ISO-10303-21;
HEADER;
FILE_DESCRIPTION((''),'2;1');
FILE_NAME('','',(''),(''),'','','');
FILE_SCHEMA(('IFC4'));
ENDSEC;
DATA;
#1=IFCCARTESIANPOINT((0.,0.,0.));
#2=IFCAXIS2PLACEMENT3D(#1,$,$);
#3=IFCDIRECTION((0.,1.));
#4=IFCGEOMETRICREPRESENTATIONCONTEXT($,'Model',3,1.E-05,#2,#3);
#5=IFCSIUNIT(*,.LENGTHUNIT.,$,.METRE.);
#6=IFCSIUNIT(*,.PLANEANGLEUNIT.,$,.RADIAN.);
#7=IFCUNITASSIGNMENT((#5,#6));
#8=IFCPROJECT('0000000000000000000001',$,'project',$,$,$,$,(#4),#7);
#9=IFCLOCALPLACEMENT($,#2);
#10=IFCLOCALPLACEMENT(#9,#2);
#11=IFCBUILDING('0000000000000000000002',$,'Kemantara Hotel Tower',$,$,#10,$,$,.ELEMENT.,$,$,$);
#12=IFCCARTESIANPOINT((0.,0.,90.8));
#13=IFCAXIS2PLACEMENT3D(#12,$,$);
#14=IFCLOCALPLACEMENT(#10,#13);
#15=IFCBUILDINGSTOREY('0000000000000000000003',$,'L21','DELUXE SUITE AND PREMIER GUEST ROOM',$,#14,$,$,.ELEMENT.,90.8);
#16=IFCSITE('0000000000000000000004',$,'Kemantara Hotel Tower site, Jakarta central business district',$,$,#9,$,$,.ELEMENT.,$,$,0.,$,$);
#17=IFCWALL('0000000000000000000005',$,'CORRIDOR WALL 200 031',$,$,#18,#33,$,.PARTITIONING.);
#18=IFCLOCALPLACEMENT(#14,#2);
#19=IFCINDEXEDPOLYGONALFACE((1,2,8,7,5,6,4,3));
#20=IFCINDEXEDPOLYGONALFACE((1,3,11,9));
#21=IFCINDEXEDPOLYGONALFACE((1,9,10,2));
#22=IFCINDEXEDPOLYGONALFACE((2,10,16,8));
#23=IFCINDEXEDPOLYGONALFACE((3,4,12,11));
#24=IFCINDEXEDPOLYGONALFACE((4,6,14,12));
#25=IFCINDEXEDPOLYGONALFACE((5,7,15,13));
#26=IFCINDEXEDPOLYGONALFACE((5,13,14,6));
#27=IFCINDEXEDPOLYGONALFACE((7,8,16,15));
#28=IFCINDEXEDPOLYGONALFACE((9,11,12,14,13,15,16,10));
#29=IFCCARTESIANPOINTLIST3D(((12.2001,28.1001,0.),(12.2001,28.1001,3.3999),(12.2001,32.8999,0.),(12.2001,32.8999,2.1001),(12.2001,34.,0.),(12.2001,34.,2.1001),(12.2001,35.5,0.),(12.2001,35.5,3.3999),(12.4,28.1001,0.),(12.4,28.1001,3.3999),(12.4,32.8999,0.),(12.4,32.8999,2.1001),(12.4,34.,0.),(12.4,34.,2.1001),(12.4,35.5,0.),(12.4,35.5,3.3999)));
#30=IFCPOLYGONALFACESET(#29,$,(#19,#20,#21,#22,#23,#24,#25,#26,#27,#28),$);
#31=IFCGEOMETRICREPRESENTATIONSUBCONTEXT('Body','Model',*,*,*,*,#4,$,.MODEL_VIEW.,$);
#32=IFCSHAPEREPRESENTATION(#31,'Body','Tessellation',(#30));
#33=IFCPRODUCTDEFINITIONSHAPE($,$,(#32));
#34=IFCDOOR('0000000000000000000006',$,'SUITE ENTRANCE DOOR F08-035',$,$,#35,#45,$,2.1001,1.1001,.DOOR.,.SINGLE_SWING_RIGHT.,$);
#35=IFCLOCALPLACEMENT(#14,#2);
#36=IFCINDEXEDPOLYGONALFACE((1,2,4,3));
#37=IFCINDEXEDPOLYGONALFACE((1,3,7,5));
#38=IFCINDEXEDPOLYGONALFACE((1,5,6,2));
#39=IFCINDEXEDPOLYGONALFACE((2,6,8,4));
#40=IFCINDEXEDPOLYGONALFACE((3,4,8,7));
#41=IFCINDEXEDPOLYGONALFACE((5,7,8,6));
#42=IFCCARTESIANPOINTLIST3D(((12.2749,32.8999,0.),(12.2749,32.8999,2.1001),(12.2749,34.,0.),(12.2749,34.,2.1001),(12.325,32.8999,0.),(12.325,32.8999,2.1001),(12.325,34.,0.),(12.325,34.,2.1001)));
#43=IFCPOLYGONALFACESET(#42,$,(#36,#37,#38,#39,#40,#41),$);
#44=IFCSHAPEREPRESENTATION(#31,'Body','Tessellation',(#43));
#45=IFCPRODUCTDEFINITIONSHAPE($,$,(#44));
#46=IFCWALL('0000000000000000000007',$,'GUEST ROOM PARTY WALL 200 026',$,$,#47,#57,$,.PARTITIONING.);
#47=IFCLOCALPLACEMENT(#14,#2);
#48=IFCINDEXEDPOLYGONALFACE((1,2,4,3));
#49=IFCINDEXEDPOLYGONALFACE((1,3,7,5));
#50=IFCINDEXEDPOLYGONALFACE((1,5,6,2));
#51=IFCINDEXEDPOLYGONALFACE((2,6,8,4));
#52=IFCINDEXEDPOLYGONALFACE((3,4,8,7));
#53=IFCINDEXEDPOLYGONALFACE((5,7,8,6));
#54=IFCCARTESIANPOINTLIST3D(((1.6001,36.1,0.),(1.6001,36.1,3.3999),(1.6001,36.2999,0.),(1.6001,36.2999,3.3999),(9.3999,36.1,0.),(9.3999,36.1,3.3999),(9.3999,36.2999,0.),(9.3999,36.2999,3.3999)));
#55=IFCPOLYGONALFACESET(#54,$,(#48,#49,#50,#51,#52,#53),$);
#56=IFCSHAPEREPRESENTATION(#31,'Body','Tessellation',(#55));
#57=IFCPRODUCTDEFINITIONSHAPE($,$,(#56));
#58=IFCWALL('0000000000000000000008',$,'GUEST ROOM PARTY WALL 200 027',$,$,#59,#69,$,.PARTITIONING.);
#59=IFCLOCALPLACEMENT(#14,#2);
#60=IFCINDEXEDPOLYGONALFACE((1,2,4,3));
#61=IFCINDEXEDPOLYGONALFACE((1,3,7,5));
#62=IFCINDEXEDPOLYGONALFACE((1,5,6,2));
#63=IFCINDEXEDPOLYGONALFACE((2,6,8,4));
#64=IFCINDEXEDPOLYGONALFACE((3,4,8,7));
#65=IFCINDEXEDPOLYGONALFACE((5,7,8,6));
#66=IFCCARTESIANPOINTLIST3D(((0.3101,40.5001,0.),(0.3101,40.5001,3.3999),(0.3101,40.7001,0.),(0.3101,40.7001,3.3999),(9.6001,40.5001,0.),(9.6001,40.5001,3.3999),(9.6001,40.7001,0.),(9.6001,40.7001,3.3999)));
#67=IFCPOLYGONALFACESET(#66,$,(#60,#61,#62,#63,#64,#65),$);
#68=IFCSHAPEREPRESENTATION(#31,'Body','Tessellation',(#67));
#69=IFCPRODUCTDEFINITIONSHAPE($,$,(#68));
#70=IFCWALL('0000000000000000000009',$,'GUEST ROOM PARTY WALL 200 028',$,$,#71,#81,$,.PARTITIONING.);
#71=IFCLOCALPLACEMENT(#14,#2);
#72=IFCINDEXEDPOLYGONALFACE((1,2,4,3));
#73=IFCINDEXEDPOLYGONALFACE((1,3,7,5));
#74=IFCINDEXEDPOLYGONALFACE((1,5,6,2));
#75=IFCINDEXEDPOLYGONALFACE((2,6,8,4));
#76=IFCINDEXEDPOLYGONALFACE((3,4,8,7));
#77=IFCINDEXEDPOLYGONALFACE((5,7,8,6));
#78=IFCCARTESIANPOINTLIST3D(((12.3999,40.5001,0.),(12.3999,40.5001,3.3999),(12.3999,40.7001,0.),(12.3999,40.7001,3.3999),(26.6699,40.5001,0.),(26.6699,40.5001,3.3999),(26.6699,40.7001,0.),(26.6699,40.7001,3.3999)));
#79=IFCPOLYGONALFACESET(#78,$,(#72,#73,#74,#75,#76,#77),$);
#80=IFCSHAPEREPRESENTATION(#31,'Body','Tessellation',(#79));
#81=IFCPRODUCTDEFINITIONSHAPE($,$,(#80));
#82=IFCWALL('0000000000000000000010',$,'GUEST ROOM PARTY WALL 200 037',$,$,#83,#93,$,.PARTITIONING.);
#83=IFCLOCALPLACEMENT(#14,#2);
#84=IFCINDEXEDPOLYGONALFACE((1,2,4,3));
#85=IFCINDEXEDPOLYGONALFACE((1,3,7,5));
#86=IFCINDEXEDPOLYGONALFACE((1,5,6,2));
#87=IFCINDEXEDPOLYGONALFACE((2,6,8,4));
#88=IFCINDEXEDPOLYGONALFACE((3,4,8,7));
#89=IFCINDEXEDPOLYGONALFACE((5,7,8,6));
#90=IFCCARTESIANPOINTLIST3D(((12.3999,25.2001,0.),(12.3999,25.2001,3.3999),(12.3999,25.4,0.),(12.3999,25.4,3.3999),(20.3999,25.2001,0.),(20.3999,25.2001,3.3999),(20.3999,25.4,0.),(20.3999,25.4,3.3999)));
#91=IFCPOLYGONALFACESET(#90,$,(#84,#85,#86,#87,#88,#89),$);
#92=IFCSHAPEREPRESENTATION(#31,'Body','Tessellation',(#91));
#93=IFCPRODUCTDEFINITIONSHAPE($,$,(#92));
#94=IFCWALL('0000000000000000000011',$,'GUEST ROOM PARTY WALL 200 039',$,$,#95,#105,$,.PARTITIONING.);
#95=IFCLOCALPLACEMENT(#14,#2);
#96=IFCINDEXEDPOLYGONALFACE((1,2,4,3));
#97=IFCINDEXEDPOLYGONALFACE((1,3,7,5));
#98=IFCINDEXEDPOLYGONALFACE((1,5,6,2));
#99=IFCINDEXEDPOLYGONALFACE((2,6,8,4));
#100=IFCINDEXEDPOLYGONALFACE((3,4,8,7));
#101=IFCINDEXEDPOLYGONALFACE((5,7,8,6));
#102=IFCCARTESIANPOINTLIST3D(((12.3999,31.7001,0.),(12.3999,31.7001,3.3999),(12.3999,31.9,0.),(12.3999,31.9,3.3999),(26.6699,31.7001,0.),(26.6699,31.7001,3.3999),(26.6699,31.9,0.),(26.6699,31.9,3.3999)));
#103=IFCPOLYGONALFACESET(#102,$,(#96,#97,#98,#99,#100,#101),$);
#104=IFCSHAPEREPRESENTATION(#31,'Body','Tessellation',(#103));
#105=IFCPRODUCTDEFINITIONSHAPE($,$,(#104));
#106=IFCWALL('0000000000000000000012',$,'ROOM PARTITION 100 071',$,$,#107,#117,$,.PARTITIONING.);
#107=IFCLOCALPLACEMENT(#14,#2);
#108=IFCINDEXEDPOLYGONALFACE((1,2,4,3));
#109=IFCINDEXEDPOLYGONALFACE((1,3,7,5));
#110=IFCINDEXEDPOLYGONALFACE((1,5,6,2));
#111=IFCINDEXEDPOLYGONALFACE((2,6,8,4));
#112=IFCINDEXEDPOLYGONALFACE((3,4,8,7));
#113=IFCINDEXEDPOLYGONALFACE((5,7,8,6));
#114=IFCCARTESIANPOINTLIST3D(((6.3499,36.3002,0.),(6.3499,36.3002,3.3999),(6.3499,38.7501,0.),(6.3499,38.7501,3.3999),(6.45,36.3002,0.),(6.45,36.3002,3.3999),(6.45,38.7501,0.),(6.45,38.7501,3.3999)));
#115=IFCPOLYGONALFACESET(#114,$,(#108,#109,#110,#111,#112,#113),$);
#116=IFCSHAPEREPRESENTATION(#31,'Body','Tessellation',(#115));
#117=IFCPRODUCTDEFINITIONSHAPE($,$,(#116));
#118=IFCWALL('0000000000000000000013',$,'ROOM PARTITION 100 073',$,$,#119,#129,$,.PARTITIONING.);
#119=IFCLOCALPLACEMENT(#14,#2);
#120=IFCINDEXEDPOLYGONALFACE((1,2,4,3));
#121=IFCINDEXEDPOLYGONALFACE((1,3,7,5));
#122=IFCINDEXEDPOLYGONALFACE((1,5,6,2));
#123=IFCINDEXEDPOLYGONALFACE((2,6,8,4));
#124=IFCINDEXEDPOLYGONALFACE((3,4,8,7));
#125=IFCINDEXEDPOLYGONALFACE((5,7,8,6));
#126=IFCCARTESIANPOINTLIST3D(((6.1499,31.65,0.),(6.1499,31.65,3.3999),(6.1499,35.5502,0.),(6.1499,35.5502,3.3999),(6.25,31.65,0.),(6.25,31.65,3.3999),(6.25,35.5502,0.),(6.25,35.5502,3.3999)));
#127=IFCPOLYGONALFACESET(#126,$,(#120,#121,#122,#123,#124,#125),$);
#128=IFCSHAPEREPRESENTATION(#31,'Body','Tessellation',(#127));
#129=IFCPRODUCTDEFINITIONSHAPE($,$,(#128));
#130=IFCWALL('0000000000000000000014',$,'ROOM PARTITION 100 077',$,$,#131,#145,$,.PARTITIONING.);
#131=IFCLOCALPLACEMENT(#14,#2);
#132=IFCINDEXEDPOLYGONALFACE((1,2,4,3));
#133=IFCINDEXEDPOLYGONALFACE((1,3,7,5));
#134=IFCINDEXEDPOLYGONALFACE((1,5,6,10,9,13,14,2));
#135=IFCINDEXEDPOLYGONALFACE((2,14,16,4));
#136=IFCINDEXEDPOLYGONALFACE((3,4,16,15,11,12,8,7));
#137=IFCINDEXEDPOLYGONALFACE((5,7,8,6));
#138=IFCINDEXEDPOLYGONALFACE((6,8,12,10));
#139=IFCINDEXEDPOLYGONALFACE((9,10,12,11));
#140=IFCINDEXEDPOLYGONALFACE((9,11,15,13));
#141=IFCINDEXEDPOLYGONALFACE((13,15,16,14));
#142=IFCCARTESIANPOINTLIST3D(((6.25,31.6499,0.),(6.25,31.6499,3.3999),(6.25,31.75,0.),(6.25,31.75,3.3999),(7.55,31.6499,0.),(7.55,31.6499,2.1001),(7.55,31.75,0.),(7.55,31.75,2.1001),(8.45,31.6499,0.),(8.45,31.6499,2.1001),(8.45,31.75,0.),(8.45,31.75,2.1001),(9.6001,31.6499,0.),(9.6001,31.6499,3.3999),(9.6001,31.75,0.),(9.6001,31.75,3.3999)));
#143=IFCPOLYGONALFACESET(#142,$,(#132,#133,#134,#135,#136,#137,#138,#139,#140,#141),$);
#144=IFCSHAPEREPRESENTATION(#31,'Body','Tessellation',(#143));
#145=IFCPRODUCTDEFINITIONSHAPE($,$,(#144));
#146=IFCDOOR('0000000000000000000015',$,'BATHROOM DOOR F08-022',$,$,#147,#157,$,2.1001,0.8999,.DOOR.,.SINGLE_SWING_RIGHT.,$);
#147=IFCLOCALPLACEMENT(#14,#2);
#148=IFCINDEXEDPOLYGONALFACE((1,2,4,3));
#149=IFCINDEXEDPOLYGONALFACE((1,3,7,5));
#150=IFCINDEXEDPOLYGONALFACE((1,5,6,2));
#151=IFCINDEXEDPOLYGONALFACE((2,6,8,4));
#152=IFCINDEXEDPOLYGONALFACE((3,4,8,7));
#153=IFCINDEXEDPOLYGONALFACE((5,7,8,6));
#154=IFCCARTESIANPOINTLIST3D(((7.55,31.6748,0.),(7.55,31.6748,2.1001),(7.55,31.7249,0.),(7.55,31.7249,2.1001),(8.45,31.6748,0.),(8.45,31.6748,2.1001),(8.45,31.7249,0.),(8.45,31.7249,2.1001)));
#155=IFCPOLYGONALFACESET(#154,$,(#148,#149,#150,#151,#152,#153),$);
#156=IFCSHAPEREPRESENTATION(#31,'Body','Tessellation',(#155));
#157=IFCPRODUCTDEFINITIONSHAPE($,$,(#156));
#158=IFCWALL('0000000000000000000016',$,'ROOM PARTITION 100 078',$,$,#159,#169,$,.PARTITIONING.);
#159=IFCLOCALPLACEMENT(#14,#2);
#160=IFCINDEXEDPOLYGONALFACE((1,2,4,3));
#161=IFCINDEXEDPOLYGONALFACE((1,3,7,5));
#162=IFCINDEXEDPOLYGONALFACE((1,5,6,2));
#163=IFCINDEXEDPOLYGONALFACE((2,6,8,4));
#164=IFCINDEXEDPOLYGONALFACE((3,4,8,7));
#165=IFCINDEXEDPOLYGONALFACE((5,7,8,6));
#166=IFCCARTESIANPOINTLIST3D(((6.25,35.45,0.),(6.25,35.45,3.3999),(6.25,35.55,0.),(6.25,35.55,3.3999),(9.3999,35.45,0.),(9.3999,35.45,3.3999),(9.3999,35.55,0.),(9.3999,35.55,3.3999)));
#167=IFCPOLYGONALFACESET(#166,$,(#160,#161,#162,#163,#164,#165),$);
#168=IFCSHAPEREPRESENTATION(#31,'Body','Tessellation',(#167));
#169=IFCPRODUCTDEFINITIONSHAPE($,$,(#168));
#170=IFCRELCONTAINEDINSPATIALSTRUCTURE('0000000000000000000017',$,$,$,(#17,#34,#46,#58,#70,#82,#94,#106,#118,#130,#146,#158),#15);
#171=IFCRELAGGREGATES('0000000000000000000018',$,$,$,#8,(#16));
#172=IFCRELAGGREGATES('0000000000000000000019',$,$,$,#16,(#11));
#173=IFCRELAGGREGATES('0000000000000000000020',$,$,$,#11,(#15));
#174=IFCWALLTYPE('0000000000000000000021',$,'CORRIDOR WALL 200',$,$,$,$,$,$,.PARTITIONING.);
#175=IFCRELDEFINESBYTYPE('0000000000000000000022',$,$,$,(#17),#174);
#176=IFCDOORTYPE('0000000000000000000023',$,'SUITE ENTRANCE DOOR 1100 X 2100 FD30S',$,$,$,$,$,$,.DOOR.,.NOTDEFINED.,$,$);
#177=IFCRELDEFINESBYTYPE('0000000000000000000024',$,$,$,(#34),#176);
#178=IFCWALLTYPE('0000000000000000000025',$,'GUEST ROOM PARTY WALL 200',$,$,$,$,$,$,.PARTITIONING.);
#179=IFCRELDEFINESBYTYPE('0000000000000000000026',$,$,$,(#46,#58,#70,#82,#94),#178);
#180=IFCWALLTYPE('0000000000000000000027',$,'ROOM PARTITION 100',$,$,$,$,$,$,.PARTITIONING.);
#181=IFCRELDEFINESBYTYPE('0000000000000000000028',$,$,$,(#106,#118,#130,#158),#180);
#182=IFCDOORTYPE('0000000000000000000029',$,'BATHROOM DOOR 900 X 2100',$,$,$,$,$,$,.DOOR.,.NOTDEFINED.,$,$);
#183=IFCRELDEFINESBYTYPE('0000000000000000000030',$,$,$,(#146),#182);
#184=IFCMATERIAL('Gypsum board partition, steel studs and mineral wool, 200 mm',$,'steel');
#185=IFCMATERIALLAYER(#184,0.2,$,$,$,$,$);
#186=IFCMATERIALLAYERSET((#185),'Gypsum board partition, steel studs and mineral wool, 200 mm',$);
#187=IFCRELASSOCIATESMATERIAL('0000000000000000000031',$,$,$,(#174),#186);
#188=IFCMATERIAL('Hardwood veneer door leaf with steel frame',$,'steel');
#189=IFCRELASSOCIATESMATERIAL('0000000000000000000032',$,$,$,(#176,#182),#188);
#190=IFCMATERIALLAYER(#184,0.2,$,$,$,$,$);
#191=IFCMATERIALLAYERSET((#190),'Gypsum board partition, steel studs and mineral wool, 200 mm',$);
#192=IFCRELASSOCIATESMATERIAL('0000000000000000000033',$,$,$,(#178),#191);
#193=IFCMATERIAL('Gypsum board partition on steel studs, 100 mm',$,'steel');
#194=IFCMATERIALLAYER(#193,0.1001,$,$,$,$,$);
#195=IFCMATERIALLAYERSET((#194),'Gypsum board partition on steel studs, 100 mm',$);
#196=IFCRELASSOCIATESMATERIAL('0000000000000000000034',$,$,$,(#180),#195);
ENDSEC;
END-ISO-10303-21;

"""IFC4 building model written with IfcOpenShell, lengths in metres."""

from ifc_helpers import new_model, si_unit, direction, frame, frame_2d, origin, place, context, subcontext, project, spatial, rectangle, extrude, material, layer, layer_set, type_object, element, fill, save


model = new_model("IFC4")

# Units and contexts
model_context = context("Model", 3, precision=1e-05, world=origin(), true_north=direction((0.0, 1.0)))
body_context = subcontext(model_context, "Body", "Model", "MODEL_VIEW")
ifc_project = project(units=[si_unit("LENGTHUNIT", "METRE"), si_unit("PLANEANGLEUNIT", "RADIAN")], contexts=[model_context])

# Site, building, storey
site_placement = place(None, origin())
site = spatial("IfcSite", under=ifc_project, at=site_placement, Name="Kemantara Hotel Tower site, Jakarta central business district", CompositionType="ELEMENT", RefElevation=0.0)
building_placement = place(site_placement, origin())
building = spatial("IfcBuilding", under=site, at=building_placement, Name="Kemantara Hotel Tower", CompositionType="ELEMENT")
storey_placement = place(building_placement, frame((0.0, 0.0, 90.8)))
storey = spatial("IfcBuildingStorey", under=building, at=storey_placement, Name="L21", Description="DELUXE SUITE AND PREMIER GUEST ROOM", CompositionType="ELEMENT", Elevation=90.8)

# Shared definitions
ifc_material_1 = material(Name="Gypsum board partition, steel studs and mineral wool, 200 mm", Category="steel")
ifc_layer_1 = layer(ifc_material_1, 0.2)
ifc_layer_set_1 = layer_set([ifc_layer_1], Name="Gypsum board partition, steel studs and mineral wool, 200 mm")
wall_type_1 = type_object("IfcWallType", Name="CORRIDOR WALL 200", PredefinedType="PARTITIONING", material=ifc_layer_set_1)

# Shared definitions
ifc_material_2 = material(Name="Hardwood veneer door leaf with steel frame", Category="steel")
door_type_1 = type_object("IfcDoorType", Name="SUITE ENTRANCE DOOR 1100 X 2100 FD30S", OperationType="NOTDEFINED", PredefinedType="DOOR", material=ifc_material_2)

# Wall, opening, door
wall_1_placement = place(storey_placement, frame((12.3, 35.5, 0.0), z_axis=(0.0, 0.0, 1.0), x_axis=(0.0, -1.0, 0.0)))
wall_1 = element("IfcWall", 1, at=wall_1_placement, inside=storey, type_object=wall_type_1, Name="CORRIDOR WALL 200 031", PredefinedType="PARTITIONING", context=body_context, shape_type="SweptSolid", body=[
    extrude(rectangle(XDim=7.3999, YDim=0.2, at=frame_2d((3.7, 0.0))), origin(), (0.0, 0.0, 1.0), 3.3999),
])
opening_1_placement = place(wall_1_placement, frame((1.5, 0.0, 0.0)))
opening_1 = element("IfcOpeningElement", 2, at=opening_1_placement, cuts=wall_1, PredefinedType="OPENING", context=body_context, shape_type="SweptSolid", body=[
    extrude(rectangle(XDim=1.1001, YDim=2.1001, at=frame_2d((0.55, 1.05))), frame((0.0, 0.1099, 0.0), z_axis=(0.0, -1.0, 0.0), x_axis=(1.0, 0.0, 0.0)), (0.0, 0.0, 1.0), 0.22),
])
door_1_placement = place(opening_1_placement, origin())
door_1 = element("IfcDoor", 3, at=door_1_placement, inside=storey, type_object=door_type_1, Name="SUITE ENTRANCE DOOR F08-035", OperationType="SINGLE_SWING_RIGHT", OverallHeight=2.1001, OverallWidth=1.1001, PredefinedType="DOOR", context=body_context, shape_type="SweptSolid", body=[
    extrude(rectangle(XDim=1.1001, YDim=2.1001, at=frame_2d((0.55, 1.05))), frame((0.0, 0.0249, 0.0), z_axis=(0.0, -1.0, 0.0), x_axis=(1.0, 0.0, 0.0)), (0.0, 0.0, 1.0), 0.05),
])
fill(opening_1, door_1)

# Walls
ifc_layer_2 = layer(ifc_material_1, 0.2)
ifc_layer_set_2 = layer_set([ifc_layer_2], Name="Gypsum board partition, steel studs and mineral wool, 200 mm")
wall_type_2 = type_object("IfcWallType", Name="GUEST ROOM PARTY WALL 200", PredefinedType="PARTITIONING", material=ifc_layer_set_2)
wall_2_placement = place(storey_placement, frame((1.6001, 36.2, 0.0), z_axis=(0.0, 0.0, 1.0), x_axis=(1.0, 0.0, 0.0)))
element("IfcWall", 4, at=wall_2_placement, inside=storey, type_object=wall_type_2, Name="GUEST ROOM PARTY WALL 200 026", PredefinedType="PARTITIONING", context=body_context, shape_type="SweptSolid", body=[
    extrude(rectangle(XDim=7.7998, YDim=0.2, at=frame_2d((3.8999, 0.0))), origin(), (0.0, 0.0, 1.0), 3.3999),
])
wall_3_placement = place(storey_placement, frame((0.3101, 40.6001, 0.0), z_axis=(0.0, 0.0, 1.0), x_axis=(1.0, 0.0, 0.0)))
element("IfcWall", 5, at=wall_3_placement, inside=storey, type_object=wall_type_2, Name="GUEST ROOM PARTY WALL 200 027", PredefinedType="PARTITIONING", context=body_context, shape_type="SweptSolid", body=[
    extrude(rectangle(XDim=9.29, YDim=0.2, at=frame_2d((4.645, 0.0))), origin(), (0.0, 0.0, 1.0), 3.3999),
])
wall_4_placement = place(storey_placement, frame((12.3999, 40.6001, 0.0), z_axis=(0.0, 0.0, 1.0), x_axis=(1.0, 0.0, 0.0)))
element("IfcWall", 6, at=wall_4_placement, inside=storey, type_object=wall_type_2, Name="GUEST ROOM PARTY WALL 200 028", PredefinedType="PARTITIONING", context=body_context, shape_type="SweptSolid", body=[
    extrude(rectangle(XDim=14.27, YDim=0.2, at=frame_2d((7.135, 0.0))), origin(), (0.0, 0.0, 1.0), 3.3999),
])
wall_5_placement = place(storey_placement, frame((12.3999, 25.3, 0.0), z_axis=(0.0, 0.0, 1.0), x_axis=(1.0, 0.0, 0.0)))
element("IfcWall", 7, at=wall_5_placement, inside=storey, type_object=wall_type_2, Name="GUEST ROOM PARTY WALL 200 037", PredefinedType="PARTITIONING", context=body_context, shape_type="SweptSolid", body=[
    extrude(rectangle(XDim=8.0, YDim=0.2, at=frame_2d((4.0, 0.0))), origin(), (0.0, 0.0, 1.0), 3.3999),
])
wall_6_placement = place(storey_placement, frame((12.3999, 31.8, 0.0), z_axis=(0.0, 0.0, 1.0), x_axis=(1.0, 0.0, 0.0)))
element("IfcWall", 8, at=wall_6_placement, inside=storey, type_object=wall_type_2, Name="GUEST ROOM PARTY WALL 200 039", PredefinedType="PARTITIONING", context=body_context, shape_type="SweptSolid", body=[
    extrude(rectangle(XDim=14.27, YDim=0.2, at=frame_2d((7.135, 0.0))), origin(), (0.0, 0.0, 1.0), 3.3999),
])
ifc_material_3 = material(Name="Gypsum board partition on steel studs, 100 mm", Category="steel")
ifc_layer_3 = layer(ifc_material_3, 0.1001)
ifc_layer_set_3 = layer_set([ifc_layer_3], Name="Gypsum board partition on steel studs, 100 mm")
wall_type_3 = type_object("IfcWallType", Name="ROOM PARTITION 100", PredefinedType="PARTITIONING", material=ifc_layer_set_3)
wall_7_placement = place(storey_placement, frame((6.3999, 36.3, 0.0), z_axis=(0.0, 0.0, 1.0), x_axis=(0.0, 1.0, 0.0)))
element("IfcWall", 9, at=wall_7_placement, inside=storey, type_object=wall_type_3, Name="ROOM PARTITION 100 071", PredefinedType="PARTITIONING", context=body_context, shape_type="SweptSolid", body=[
    extrude(rectangle(XDim=2.45, YDim=0.1001, at=frame_2d((1.2251, 0.0))), origin(), (0.0, 0.0, 1.0), 3.3999),
])
wall_8_placement = place(storey_placement, frame((6.2, 31.6499, 0.0), z_axis=(0.0, 0.0, 1.0), x_axis=(0.0, 1.0, 0.0)))
element("IfcWall", 10, at=wall_8_placement, inside=storey, type_object=wall_type_3, Name="ROOM PARTITION 100 073", PredefinedType="PARTITIONING", context=body_context, shape_type="SweptSolid", body=[
    extrude(rectangle(XDim=3.9001, YDim=0.1001, at=frame_2d((1.9502, 0.0))), origin(), (0.0, 0.0, 1.0), 3.3999),
])

# Wall, opening, door
wall_9_placement = place(storey_placement, frame((6.25, 31.7, 0.0), z_axis=(0.0, 0.0, 1.0), x_axis=(1.0, 0.0, 0.0)))
wall_9 = element("IfcWall", 11, at=wall_9_placement, inside=storey, type_object=wall_type_3, Name="ROOM PARTITION 100 077", PredefinedType="PARTITIONING", context=body_context, shape_type="SweptSolid", body=[
    extrude(rectangle(XDim=3.3501, YDim=0.1001, at=frame_2d((1.675, 0.0))), origin(), (0.0, 0.0, 1.0), 3.3999),
])
opening_2_placement = place(wall_9_placement, frame((1.3, 0.0, 0.0)))
opening_2 = element("IfcOpeningElement", 12, at=opening_2_placement, cuts=wall_9, PredefinedType="OPENING", context=body_context, shape_type="SweptSolid", body=[
    extrude(rectangle(XDim=0.8999, YDim=2.1001, at=frame_2d((0.45, 1.05))), frame((0.0, 0.0601, 0.0), z_axis=(0.0, -1.0, 0.0), x_axis=(1.0, 0.0, 0.0)), (0.0, 0.0, 1.0), 0.1201),
])
door_type_2 = type_object("IfcDoorType", Name="BATHROOM DOOR 900 X 2100", OperationType="NOTDEFINED", PredefinedType="DOOR", material=ifc_material_2)
door_2_placement = place(opening_2_placement, origin())
door_2 = element("IfcDoor", 13, at=door_2_placement, inside=storey, type_object=door_type_2, Name="BATHROOM DOOR F08-022", OperationType="SINGLE_SWING_RIGHT", OverallHeight=2.1001, OverallWidth=0.8999, PredefinedType="DOOR", context=body_context, shape_type="SweptSolid", body=[
    extrude(rectangle(XDim=0.8999, YDim=2.1001, at=frame_2d((0.45, 1.05))), frame((0.0, 0.0249, 0.0), z_axis=(0.0, -1.0, 0.0), x_axis=(1.0, 0.0, 0.0)), (0.0, 0.0, 1.0), 0.05),
])
fill(opening_2, door_2)

# Wall
wall_10_placement = place(storey_placement, frame((6.25, 35.5, 0.0), z_axis=(0.0, 0.0, 1.0), x_axis=(1.0, 0.0, 0.0)))
element("IfcWall", 14, at=wall_10_placement, inside=storey, type_object=wall_type_3, Name="ROOM PARTITION 100 078", PredefinedType="PARTITIONING", context=body_context, shape_type="SweptSolid", body=[
    extrude(rectangle(XDim=3.1499, YDim=0.1001, at=frame_2d((1.575, 0.0))), origin(), (0.0, 0.0, 1.0), 3.3999),
])

save(model, "model.ifc")
